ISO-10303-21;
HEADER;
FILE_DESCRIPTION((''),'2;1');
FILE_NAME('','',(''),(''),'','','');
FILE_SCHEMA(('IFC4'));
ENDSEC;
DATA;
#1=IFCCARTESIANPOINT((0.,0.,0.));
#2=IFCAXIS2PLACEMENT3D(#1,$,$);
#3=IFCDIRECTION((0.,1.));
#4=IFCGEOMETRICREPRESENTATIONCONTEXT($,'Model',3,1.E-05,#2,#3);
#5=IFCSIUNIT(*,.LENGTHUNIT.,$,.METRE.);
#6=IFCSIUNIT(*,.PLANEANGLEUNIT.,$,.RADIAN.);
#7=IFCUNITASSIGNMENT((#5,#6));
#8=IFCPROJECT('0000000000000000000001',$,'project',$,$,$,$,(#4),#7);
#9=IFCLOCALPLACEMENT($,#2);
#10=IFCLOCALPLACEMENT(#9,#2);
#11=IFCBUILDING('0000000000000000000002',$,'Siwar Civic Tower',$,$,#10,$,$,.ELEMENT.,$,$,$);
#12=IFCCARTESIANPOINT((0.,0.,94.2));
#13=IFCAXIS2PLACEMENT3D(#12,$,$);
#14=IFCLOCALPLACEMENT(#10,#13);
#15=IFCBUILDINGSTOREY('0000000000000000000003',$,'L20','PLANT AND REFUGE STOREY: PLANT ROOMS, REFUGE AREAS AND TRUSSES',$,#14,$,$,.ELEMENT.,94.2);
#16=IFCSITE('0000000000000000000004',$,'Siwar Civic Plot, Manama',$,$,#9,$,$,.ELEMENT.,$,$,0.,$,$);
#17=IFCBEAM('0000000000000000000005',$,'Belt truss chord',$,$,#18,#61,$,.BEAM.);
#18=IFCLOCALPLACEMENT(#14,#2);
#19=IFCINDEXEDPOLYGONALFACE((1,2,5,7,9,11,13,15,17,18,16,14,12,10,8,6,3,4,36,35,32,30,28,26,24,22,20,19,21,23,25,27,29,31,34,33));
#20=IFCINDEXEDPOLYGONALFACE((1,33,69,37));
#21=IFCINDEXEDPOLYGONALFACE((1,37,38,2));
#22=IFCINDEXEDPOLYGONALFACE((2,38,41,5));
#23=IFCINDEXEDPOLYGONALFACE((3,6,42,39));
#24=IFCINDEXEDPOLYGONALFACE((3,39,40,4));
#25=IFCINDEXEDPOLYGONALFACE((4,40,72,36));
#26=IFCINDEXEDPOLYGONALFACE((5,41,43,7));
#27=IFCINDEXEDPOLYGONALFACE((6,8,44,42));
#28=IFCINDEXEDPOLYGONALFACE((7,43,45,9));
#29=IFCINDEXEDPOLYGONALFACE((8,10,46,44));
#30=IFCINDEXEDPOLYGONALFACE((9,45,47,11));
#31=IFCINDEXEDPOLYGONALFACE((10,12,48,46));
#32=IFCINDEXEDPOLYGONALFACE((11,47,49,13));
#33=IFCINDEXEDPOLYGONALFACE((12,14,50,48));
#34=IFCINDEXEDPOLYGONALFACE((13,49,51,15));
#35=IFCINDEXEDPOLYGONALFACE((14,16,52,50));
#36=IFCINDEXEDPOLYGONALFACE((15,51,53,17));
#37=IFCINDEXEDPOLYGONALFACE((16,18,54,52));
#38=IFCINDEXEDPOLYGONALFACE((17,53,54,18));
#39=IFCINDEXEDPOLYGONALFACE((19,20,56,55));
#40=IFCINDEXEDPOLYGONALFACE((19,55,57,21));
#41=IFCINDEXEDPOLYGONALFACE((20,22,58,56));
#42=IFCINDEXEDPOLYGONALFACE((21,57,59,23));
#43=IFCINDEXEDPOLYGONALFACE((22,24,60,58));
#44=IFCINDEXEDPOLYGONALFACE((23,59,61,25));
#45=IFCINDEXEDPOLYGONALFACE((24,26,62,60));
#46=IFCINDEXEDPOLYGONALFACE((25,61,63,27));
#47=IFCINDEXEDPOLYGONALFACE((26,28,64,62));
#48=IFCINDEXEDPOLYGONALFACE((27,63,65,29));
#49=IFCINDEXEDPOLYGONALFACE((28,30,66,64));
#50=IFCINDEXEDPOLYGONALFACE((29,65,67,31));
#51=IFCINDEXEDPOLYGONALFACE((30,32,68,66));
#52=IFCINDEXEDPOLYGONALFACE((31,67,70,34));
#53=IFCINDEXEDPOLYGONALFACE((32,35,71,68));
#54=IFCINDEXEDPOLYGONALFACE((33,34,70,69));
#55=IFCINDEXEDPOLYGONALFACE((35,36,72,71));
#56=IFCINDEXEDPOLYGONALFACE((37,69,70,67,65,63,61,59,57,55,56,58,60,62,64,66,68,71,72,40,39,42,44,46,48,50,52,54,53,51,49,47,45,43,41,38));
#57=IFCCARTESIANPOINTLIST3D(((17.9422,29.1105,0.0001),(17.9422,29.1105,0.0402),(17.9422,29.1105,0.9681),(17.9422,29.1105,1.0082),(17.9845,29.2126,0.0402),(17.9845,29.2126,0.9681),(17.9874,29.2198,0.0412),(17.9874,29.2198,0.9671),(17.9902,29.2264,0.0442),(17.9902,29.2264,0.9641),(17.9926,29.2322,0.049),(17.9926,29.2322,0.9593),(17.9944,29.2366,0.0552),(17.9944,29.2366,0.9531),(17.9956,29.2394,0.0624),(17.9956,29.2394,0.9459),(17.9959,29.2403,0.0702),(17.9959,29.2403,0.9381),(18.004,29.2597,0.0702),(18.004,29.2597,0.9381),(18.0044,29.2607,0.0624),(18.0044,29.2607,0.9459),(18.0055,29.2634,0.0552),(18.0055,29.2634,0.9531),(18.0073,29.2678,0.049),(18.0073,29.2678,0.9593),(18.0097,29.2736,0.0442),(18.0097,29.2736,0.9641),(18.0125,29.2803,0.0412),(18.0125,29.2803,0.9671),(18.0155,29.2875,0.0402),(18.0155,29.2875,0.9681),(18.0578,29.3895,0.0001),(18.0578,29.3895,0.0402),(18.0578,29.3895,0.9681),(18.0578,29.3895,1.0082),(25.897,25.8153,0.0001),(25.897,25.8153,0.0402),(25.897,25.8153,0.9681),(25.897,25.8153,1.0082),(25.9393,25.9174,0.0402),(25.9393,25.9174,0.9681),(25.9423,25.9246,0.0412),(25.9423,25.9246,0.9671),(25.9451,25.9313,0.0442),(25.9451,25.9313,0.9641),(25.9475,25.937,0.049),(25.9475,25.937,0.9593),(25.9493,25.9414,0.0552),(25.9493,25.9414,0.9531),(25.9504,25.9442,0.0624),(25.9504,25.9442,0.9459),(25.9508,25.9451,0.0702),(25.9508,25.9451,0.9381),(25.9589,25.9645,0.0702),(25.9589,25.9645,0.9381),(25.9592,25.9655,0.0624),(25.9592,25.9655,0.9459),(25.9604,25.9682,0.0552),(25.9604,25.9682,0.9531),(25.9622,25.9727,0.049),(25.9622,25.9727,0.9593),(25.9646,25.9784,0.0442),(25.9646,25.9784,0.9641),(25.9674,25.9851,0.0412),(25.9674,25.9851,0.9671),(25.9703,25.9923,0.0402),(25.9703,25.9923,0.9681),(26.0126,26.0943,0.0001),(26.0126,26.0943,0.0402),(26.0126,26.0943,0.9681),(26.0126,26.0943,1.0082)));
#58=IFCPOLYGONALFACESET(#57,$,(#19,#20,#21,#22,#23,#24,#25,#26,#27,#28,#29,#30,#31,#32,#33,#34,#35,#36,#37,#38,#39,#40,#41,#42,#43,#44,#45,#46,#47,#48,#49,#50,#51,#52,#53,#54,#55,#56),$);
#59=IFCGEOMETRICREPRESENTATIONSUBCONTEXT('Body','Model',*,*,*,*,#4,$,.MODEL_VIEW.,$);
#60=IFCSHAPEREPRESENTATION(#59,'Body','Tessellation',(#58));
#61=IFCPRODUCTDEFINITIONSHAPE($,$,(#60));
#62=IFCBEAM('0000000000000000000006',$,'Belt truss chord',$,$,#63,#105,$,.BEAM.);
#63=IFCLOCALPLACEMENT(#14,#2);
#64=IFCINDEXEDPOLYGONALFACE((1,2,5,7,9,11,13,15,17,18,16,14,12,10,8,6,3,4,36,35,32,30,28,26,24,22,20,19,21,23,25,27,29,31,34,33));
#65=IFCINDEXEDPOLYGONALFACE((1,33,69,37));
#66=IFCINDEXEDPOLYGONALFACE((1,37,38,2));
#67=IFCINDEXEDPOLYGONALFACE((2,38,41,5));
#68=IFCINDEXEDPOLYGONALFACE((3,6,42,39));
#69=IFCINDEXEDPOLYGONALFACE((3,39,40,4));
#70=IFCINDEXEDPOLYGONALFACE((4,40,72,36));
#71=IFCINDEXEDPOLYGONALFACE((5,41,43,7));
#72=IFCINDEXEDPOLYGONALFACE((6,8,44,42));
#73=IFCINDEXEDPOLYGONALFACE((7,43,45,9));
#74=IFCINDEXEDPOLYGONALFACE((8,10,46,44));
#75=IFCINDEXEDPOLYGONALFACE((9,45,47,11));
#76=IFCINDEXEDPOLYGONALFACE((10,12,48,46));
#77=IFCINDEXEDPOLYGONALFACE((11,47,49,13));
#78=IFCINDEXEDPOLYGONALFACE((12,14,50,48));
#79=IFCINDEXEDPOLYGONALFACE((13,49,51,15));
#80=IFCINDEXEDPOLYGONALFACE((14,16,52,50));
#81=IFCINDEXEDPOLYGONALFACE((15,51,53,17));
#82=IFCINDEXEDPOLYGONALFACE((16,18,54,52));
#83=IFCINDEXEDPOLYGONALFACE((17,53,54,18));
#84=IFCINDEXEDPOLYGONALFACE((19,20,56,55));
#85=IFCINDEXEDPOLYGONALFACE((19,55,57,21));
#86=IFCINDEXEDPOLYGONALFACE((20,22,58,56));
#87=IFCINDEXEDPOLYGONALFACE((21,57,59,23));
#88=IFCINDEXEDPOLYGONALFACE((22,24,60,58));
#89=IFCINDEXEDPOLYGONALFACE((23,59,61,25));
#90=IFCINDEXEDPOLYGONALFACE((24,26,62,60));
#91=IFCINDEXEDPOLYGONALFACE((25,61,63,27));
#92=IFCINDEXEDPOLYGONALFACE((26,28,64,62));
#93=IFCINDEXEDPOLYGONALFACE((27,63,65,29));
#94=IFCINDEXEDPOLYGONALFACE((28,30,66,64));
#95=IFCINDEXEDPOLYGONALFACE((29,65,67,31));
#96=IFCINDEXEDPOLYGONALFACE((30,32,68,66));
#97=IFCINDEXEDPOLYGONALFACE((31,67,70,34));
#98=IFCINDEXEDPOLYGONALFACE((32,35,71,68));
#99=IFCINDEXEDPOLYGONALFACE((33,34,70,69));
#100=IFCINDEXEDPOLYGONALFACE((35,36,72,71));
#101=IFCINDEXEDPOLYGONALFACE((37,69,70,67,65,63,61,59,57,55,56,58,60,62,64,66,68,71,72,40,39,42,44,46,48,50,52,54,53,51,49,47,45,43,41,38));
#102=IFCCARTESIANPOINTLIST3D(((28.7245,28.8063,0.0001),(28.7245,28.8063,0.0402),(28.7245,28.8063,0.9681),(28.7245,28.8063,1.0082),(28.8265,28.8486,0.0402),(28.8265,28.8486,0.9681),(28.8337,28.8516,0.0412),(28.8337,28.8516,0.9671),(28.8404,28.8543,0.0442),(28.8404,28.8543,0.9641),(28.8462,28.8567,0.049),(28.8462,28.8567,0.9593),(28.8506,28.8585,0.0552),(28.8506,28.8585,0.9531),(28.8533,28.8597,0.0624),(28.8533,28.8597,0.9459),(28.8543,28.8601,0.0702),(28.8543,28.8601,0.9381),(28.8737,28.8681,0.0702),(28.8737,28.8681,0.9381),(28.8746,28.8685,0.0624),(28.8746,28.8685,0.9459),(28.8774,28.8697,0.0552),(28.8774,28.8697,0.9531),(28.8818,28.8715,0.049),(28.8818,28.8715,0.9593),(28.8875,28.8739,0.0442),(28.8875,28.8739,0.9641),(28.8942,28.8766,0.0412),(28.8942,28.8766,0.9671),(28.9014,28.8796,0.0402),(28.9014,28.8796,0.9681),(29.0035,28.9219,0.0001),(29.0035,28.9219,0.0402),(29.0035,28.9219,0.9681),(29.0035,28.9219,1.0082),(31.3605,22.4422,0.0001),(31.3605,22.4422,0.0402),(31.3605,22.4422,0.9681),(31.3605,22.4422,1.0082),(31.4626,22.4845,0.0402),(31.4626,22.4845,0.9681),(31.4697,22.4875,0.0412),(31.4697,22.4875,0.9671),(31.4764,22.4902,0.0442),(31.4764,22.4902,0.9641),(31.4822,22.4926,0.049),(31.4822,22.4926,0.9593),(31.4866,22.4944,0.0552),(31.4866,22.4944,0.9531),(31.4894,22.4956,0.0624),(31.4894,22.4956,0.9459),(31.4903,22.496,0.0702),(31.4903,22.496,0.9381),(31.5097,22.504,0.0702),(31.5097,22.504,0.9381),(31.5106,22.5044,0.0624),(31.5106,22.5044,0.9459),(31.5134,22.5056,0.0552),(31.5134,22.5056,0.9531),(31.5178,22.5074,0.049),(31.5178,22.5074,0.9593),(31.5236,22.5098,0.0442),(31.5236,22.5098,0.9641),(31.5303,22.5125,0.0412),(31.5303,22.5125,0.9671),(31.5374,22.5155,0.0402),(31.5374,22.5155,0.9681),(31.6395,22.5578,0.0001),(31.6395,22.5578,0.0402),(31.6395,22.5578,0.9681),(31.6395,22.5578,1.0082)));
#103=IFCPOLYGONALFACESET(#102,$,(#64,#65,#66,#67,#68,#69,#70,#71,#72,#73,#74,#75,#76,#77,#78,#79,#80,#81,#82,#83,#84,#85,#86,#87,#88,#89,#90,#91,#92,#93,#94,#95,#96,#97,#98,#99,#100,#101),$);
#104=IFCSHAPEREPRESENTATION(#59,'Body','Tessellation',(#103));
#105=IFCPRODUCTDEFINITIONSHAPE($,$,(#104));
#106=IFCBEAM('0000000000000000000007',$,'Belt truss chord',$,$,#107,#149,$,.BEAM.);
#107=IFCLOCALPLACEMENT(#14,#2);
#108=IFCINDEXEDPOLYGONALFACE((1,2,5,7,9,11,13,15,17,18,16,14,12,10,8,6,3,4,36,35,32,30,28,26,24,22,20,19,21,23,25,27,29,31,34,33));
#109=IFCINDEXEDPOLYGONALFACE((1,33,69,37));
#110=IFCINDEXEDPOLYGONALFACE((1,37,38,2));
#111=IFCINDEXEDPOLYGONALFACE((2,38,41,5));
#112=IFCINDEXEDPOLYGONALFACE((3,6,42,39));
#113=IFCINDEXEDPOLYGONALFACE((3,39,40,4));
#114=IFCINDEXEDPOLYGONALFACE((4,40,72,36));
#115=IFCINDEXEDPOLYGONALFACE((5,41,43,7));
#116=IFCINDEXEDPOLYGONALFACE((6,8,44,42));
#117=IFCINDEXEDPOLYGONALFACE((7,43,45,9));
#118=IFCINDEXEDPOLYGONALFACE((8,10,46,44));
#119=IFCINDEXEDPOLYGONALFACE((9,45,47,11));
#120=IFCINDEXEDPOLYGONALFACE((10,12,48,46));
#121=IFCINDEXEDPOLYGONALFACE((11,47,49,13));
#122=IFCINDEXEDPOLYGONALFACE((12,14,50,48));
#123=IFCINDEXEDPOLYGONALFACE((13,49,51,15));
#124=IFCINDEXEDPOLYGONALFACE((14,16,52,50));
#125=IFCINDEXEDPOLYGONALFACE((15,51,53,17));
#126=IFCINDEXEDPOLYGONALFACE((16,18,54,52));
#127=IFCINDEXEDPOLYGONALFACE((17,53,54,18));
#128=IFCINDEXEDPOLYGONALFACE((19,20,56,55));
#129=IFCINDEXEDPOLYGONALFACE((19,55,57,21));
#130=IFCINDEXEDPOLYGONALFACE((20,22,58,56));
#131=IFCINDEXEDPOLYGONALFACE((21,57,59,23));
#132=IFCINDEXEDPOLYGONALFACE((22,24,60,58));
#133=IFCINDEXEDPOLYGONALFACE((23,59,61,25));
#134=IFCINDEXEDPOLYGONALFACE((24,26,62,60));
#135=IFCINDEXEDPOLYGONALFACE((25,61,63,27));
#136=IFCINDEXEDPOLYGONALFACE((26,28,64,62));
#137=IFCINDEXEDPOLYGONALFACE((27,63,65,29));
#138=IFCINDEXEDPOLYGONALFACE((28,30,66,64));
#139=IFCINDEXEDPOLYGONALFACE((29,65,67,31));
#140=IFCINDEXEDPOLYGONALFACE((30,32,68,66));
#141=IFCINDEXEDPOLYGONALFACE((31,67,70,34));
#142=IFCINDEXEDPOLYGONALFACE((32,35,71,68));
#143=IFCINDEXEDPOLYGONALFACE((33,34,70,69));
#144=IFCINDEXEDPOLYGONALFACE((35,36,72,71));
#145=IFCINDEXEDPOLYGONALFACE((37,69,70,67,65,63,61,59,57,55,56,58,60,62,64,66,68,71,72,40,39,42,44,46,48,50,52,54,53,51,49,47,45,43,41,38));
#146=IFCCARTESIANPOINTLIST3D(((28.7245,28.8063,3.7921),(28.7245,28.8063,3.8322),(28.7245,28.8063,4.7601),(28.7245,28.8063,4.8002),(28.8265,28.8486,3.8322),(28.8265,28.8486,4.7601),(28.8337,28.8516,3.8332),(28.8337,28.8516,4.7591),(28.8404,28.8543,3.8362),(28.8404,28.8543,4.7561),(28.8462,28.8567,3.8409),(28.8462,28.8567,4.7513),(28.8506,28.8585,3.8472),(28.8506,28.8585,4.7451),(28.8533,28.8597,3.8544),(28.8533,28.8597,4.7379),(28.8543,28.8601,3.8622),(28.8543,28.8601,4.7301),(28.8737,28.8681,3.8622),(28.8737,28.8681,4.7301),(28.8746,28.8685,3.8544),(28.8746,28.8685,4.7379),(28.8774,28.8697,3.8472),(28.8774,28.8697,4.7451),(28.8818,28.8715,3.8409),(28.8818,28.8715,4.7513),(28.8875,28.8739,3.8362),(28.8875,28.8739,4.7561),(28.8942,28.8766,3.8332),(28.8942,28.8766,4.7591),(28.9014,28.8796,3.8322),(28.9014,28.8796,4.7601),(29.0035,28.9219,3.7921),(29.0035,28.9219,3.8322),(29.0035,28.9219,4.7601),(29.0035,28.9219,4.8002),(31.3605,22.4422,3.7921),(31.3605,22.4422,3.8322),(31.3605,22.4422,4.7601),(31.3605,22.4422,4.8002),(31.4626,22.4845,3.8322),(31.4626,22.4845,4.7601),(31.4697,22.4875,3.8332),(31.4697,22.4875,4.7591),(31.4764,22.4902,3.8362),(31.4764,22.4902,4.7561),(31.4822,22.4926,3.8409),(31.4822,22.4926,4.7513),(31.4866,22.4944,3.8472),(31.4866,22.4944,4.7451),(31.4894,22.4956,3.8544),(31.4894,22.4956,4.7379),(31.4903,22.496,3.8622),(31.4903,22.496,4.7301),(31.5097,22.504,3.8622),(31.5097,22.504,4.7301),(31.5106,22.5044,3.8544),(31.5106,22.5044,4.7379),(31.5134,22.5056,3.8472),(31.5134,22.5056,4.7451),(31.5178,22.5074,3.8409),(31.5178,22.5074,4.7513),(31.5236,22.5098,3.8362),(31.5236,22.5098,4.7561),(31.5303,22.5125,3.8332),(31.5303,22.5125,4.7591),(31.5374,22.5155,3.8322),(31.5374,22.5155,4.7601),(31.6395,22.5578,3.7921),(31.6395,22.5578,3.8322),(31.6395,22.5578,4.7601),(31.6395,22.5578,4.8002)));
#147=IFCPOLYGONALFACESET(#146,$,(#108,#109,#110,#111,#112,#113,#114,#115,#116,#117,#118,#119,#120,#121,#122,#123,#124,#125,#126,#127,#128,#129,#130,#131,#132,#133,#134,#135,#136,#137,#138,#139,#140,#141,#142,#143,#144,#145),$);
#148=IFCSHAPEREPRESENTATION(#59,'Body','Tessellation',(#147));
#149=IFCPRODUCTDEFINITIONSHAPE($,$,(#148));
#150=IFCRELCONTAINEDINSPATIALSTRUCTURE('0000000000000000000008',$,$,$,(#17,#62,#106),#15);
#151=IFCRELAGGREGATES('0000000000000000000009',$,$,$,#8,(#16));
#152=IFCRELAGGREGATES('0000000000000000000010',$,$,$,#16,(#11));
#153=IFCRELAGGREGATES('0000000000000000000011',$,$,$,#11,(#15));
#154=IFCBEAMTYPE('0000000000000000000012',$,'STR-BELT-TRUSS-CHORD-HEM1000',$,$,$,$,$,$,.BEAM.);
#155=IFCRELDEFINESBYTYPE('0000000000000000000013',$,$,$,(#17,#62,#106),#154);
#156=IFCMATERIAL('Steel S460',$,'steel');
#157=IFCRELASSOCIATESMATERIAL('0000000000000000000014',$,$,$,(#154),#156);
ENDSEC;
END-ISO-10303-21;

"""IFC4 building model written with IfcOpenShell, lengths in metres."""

from ifc_helpers import new_model, si_unit, direction, frame, origin, origin_2d, place, context, subcontext, project, spatial, i_section, extrude, material, material_profile, profile_set, type_object, element, save


model = new_model("IFC4")

# Units and contexts
model_context = context("Model", 3, precision=1e-05, world=origin(), true_north=direction((0.0, 1.0)))
body_context = subcontext(model_context, "Body", "Model", "MODEL_VIEW")
ifc_project = project(units=[si_unit("LENGTHUNIT", "METRE"), si_unit("PLANEANGLEUNIT", "RADIAN")], contexts=[model_context])

# Site, building, storey
site_placement = place(None, origin())
site = spatial("IfcSite", under=ifc_project, at=site_placement, Name="Siwar Civic Plot, Manama", CompositionType="ELEMENT", RefElevation=0.0)
building_placement = place(site_placement, origin())
building = spatial("IfcBuilding", under=site, at=building_placement, Name="Siwar Civic Tower", CompositionType="ELEMENT")
storey_placement = place(building_placement, frame((0.0, 0.0, 94.2)))
storey = spatial("IfcBuildingStorey", under=building, at=storey_placement, Name="L20", Description="PLANT AND REFUGE STOREY: PLANT ROOMS, REFUGE AREAS AND TRUSSES", CompositionType="ELEMENT", Elevation=94.2)

# Beams
ifc_material_1 = material(Name="Steel S460", Category="steel")
ifc_material_profile_1 = material_profile(ifc_material_1, i_section(OverallWidth=0.302, OverallDepth=1.0081, WebThickness=0.021, FlangeThickness=0.04, FilletRadius=0.03, at=origin_2d()), Name="HEM1000")
ifc_profile_set_1 = profile_set([ifc_material_profile_1], Name="Steel S460")
beam_type_1 = type_object("IfcBeamType", Name="STR-BELT-TRUSS-CHORD-HEM1000", PredefinedType="BEAM", material=ifc_profile_set_1)
for number, where, z_axis, x_axis, name in (
    (1, (25.9548, 25.9548, 0.5042), (-0.923873, 0.3827, 0.0), (-0.3827, -0.923873, 0.0), "Belt truss chord"),
):
    element("IfcBeam", number, at=place(storey_placement, frame(where, z_axis=z_axis, x_axis=x_axis)), inside=storey, type_object=beam_type_1, Name=name, PredefinedType="BEAM", context=body_context, shape_type="SweptSolid", body=[
        extrude(i_section(OverallWidth=0.302, OverallDepth=1.0081, WebThickness=0.021, FlangeThickness=0.04, FilletRadius=0.03, at=origin_2d()), origin(), (0.0, 0.0, 1.0), 8.6104),
    ])
for number, where, z_axis, x_axis, name in (
    (2, (31.5, 22.5, 0.5042), (-0.382674, 0.923883, 0.0), (-0.923883, -0.382674, 0.0), "Belt truss chord"),
    (3, (31.5, 22.5, 4.2961), (-0.382674, 0.923883, 0.0), (-0.923883, -0.382674, 0.0), "Belt truss chord"),
):
    element("IfcBeam", number, at=place(storey_placement, frame(where, z_axis=z_axis, x_axis=x_axis)), inside=storey, type_object=beam_type_1, Name=name, PredefinedType="BEAM", context=body_context, shape_type="SweptSolid", body=[
        extrude(i_section(OverallWidth=0.302, OverallDepth=1.0081, WebThickness=0.021, FlangeThickness=0.04, FilletRadius=0.03, at=origin_2d()), origin(), (0.0, 0.0, 1.0), 6.8884),
    ])

save(model, "model.ifc")
